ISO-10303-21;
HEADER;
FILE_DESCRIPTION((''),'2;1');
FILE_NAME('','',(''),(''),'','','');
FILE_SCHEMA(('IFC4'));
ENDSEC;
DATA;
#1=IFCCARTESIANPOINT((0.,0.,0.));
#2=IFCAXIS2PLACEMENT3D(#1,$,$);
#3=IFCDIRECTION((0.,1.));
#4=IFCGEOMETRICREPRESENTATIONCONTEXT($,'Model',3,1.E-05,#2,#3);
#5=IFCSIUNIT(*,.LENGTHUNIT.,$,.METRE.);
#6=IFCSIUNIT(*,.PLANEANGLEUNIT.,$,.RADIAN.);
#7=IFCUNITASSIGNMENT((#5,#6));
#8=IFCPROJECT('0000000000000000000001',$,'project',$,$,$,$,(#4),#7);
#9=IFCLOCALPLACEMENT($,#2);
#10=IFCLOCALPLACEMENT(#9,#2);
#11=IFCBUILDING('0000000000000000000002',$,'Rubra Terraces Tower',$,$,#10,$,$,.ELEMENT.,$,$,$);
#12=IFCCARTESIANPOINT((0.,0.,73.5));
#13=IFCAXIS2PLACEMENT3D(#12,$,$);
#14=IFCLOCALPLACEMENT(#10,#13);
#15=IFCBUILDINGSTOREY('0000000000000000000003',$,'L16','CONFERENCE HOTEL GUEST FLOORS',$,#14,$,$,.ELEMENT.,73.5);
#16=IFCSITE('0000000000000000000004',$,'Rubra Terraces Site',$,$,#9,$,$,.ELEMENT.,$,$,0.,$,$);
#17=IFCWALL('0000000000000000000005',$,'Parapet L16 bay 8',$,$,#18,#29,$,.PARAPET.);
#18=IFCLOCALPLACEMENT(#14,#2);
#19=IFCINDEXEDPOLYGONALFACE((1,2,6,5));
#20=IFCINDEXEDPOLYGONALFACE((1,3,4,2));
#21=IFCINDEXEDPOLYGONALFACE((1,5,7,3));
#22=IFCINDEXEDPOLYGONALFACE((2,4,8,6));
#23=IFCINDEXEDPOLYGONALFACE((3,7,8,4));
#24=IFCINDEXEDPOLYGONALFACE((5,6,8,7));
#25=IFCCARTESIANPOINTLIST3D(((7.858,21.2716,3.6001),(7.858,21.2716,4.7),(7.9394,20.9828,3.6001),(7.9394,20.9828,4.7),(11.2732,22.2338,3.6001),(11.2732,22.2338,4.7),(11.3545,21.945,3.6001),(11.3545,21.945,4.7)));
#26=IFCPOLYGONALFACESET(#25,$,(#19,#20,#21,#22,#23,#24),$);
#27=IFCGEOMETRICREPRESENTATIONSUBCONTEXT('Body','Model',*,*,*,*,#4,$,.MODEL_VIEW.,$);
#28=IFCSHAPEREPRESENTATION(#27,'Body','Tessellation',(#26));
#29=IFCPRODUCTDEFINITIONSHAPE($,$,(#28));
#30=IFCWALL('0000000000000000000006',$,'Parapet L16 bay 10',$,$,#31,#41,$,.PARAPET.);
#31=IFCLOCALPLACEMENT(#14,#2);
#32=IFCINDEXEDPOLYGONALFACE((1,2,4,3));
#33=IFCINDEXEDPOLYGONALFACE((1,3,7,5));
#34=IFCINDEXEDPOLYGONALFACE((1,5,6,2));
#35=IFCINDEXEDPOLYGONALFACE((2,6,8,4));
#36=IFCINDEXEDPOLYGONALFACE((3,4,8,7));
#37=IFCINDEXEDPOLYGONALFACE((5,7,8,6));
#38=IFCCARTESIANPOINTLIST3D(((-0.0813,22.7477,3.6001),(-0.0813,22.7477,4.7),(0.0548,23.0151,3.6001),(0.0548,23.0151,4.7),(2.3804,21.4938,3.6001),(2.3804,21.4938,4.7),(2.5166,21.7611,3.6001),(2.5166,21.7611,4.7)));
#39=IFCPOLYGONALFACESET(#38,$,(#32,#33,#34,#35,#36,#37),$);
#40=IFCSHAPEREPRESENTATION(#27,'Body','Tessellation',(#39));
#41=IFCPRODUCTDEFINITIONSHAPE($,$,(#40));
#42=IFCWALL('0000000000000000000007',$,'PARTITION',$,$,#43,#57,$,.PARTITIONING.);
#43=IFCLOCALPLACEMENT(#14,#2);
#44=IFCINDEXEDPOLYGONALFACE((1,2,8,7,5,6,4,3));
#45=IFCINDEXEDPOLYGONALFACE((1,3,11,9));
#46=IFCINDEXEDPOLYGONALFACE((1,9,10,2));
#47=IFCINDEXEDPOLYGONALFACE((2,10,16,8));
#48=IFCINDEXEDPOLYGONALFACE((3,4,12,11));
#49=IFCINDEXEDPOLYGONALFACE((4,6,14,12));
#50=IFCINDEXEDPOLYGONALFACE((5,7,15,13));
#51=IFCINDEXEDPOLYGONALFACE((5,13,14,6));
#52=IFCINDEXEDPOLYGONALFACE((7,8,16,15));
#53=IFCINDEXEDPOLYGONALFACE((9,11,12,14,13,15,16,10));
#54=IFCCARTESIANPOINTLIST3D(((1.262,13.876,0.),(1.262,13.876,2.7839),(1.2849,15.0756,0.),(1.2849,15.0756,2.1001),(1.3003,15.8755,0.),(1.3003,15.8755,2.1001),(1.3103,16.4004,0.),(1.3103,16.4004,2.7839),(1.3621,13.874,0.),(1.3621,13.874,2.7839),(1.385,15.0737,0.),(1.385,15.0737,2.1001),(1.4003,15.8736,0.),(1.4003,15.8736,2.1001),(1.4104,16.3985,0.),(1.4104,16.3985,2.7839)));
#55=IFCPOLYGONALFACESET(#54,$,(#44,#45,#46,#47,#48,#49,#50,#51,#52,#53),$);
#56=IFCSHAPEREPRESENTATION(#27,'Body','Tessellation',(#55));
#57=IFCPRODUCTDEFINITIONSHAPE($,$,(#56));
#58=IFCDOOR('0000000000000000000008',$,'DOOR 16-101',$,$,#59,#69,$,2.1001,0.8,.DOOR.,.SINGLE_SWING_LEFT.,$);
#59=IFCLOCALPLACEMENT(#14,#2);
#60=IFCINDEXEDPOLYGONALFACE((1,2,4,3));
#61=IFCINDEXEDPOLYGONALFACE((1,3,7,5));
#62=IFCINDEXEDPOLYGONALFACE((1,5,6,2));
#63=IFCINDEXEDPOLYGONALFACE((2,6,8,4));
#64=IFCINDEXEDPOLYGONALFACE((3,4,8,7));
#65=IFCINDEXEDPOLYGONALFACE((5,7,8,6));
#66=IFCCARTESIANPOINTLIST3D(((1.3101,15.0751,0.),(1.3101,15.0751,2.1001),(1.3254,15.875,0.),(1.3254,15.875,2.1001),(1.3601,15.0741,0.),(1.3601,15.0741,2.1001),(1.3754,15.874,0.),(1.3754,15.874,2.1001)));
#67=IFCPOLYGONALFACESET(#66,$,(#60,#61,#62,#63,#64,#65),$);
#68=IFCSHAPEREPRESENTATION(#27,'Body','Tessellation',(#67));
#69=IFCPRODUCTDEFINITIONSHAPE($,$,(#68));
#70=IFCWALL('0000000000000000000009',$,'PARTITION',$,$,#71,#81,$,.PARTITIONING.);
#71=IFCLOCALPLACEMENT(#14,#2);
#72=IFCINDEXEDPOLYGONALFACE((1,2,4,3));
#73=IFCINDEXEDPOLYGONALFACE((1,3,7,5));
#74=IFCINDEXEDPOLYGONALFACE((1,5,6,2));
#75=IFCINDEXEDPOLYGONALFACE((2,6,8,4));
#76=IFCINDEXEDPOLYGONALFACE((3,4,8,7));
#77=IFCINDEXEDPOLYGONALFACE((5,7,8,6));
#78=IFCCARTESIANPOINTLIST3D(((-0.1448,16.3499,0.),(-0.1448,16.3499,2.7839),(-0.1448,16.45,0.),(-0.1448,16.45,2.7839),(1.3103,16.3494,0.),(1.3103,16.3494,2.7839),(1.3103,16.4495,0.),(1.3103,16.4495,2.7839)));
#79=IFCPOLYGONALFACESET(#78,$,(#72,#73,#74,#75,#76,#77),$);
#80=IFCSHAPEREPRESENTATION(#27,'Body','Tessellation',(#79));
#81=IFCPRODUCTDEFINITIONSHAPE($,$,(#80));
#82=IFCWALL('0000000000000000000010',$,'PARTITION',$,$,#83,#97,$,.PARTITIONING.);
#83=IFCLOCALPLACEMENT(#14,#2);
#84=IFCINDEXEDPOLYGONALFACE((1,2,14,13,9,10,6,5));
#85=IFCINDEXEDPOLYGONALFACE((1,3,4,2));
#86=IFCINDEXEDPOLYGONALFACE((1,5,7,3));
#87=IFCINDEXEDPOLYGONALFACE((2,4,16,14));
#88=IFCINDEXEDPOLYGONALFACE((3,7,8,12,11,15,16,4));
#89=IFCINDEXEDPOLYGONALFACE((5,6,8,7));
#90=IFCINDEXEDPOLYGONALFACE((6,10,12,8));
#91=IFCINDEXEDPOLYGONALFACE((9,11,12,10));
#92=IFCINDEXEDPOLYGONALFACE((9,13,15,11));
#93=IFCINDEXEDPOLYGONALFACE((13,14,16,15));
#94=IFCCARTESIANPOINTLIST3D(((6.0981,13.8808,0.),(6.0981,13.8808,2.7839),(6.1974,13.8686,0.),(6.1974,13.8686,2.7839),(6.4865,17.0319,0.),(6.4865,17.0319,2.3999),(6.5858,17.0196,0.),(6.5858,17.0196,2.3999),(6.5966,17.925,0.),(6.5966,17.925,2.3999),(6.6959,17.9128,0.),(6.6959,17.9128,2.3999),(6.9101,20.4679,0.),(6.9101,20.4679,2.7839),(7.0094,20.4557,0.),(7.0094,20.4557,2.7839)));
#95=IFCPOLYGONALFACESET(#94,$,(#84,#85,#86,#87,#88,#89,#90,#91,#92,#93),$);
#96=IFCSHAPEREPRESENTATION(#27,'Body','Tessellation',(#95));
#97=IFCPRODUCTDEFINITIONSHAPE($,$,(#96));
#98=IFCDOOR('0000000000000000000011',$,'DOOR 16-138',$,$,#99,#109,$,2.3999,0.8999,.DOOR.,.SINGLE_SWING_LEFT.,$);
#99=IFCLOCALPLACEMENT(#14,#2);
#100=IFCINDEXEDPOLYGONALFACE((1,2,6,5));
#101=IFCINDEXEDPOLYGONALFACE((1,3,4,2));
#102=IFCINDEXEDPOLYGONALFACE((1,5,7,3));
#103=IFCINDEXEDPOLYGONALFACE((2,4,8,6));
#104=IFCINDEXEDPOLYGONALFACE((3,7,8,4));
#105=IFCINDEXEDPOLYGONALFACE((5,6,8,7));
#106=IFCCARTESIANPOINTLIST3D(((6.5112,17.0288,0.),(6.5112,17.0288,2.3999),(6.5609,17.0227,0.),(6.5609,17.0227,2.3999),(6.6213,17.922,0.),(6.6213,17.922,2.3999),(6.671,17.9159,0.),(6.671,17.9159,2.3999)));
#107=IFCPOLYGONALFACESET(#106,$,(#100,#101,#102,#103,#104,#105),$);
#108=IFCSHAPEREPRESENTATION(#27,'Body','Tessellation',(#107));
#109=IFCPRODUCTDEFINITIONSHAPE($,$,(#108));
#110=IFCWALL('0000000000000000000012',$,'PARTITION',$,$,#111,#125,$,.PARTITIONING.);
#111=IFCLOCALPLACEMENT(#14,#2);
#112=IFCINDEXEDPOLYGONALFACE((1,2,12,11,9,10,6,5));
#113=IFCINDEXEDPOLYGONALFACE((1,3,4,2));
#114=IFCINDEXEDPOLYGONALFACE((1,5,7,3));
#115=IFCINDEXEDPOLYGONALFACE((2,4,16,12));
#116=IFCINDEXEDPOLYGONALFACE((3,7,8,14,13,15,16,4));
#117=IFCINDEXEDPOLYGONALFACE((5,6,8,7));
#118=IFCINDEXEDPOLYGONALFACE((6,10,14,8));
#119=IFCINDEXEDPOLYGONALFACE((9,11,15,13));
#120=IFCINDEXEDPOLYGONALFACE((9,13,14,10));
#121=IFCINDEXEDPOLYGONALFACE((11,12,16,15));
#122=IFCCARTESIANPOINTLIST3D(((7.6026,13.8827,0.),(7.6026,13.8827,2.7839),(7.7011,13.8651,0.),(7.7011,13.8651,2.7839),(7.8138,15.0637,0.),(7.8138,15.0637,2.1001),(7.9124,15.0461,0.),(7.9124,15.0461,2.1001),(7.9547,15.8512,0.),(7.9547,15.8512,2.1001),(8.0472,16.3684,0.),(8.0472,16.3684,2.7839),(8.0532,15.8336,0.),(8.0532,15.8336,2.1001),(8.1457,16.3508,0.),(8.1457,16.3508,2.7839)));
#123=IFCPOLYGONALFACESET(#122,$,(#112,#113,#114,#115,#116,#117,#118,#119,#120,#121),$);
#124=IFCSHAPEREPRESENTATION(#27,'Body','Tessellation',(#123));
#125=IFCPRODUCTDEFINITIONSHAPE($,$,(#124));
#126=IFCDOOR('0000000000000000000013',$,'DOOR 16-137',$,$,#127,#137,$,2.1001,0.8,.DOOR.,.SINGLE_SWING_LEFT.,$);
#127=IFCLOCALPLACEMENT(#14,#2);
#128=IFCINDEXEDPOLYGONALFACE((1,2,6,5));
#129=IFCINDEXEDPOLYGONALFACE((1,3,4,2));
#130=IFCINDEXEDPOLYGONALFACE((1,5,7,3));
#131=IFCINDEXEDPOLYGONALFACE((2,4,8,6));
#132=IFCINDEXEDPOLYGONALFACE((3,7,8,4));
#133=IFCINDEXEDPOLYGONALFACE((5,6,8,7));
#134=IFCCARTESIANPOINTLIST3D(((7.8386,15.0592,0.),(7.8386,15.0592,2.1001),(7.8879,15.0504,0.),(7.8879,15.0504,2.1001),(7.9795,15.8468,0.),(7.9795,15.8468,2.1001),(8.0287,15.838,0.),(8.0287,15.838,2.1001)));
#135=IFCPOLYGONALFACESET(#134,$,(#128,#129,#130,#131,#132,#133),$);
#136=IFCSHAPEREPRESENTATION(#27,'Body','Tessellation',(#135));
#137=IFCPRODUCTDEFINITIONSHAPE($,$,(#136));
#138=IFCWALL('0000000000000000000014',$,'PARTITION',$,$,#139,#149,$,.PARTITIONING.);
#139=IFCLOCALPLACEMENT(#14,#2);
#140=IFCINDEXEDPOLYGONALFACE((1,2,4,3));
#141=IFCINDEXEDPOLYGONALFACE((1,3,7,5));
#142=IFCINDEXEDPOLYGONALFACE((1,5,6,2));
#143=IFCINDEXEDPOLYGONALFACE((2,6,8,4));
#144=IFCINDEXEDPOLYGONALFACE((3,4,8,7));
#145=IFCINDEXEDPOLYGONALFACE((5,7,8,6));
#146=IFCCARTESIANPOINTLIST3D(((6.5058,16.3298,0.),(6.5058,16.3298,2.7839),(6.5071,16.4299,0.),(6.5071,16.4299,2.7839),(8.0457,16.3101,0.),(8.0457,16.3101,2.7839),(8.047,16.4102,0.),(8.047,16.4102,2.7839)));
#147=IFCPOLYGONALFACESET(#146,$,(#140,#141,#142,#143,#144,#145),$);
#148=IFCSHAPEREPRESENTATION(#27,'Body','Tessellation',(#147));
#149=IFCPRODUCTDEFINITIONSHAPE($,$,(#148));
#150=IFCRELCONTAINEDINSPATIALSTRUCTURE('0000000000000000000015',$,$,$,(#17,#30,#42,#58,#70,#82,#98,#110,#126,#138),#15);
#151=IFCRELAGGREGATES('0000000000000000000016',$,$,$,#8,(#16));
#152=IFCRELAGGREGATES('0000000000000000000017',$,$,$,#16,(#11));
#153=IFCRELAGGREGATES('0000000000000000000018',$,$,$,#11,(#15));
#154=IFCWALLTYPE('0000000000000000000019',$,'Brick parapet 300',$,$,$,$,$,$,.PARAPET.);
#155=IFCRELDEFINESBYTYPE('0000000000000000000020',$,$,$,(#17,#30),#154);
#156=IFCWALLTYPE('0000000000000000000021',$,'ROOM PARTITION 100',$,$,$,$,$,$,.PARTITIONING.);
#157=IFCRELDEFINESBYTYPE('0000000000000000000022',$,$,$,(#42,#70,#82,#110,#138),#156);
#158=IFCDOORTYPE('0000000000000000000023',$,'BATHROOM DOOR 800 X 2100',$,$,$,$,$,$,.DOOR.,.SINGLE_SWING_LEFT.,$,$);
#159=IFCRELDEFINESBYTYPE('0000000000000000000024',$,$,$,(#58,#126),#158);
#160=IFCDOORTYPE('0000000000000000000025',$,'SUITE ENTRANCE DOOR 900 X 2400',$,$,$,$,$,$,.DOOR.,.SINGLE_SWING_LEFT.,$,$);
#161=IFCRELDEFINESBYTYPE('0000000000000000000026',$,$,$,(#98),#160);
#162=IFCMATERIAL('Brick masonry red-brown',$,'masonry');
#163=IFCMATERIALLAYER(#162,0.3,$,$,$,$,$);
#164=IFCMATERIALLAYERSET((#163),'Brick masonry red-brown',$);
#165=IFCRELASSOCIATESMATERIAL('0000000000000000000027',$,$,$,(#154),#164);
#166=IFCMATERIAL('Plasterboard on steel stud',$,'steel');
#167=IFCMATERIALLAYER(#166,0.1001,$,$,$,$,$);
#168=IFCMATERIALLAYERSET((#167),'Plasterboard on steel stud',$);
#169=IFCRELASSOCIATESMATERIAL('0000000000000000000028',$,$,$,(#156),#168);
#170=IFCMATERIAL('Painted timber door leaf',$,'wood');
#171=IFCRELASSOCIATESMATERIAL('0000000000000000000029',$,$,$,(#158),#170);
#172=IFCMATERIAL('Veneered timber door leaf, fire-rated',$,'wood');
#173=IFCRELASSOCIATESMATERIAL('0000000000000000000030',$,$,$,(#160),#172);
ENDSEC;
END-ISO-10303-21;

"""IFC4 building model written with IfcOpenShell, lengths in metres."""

from ifc_helpers import new_model, si_unit, direction, frame, frame_2d, origin, place, context, subcontext, project, spatial, rectangle, extrude, material, layer, layer_set, type_object, element, fill, save


model = new_model("IFC4")

# Units and contexts
model_context = context("Model", 3, precision=1e-05, world=origin(), true_north=direction((0.0, 1.0)))
body_context = subcontext(model_context, "Body", "Model", "MODEL_VIEW")
ifc_project = project(units=[si_unit("LENGTHUNIT", "METRE"), si_unit("PLANEANGLEUNIT", "RADIAN")], contexts=[model_context])

# Site, building, storey
site_placement = place(None, origin())
site = spatial("IfcSite", under=ifc_project, at=site_placement, Name="Rubra Terraces Site", CompositionType="ELEMENT", RefElevation=0.0)
building_placement = place(site_placement, origin())
building = spatial("IfcBuilding", under=site, at=building_placement, Name="Rubra Terraces Tower", CompositionType="ELEMENT")
storey_placement = place(building_placement, frame((0.0, 0.0, 73.5)))
storey = spatial("IfcBuildingStorey", under=building, at=storey_placement, Name="L16", Description="CONFERENCE HOTEL GUEST FLOORS", CompositionType="ELEMENT", Elevation=73.5)

# Shared definitions
ifc_material_1 = material(Name="Brick masonry red-brown", Category="masonry")

# Walls
ifc_layer_1 = layer(ifc_material_1, 0.3)
ifc_layer_set_1 = layer_set([ifc_layer_1], Name="Brick masonry red-brown")
wall_type_1 = type_object("IfcWallType", Name="Brick parapet 300", PredefinedType="PARAPET", material=ifc_layer_set_1)
wall_1_placement = place(storey_placement, frame((11.3137, 22.0894, 3.6001), z_axis=(0.0, 0.0, 1.0), x_axis=(-0.962528, -0.271184, 0.0)))
element("IfcWall", 1, at=wall_1_placement, inside=storey, type_object=wall_type_1, Name="Parapet L16 bay 8", PredefinedType="PARAPET", context=body_context, shape_type="SweptSolid", body=[
    extrude(rectangle(XDim=3.5481, YDim=0.3, at=frame_2d((1.7739, 0.0))), origin(), (0.0, 0.0, 1.0), 1.0999),
])
wall_2_placement = place(storey_placement, frame((2.4485, 21.6274, 3.6001), z_axis=(0.0, 0.0, 1.0), x_axis=(-0.891062, 0.453882, 0.0)))
element("IfcWall", 2, at=wall_2_placement, inside=storey, type_object=wall_type_1, Name="Parapet L16 bay 10", PredefinedType="PARAPET", context=body_context, shape_type="SweptSolid", body=[
    extrude(rectangle(XDim=2.7627, YDim=0.3, at=frame_2d((1.3813, 0.0))), origin(), (0.0, 0.0, 1.0), 1.0999),
])

# Wall, opening, door
ifc_material_2 = material(Name="Plasterboard on steel stud", Category="steel")
ifc_layer_2 = layer(ifc_material_2, 0.1001)
ifc_layer_set_2 = layer_set([ifc_layer_2], Name="Plasterboard on steel stud")
wall_type_2 = type_object("IfcWallType", Name="ROOM PARTITION 100", PredefinedType="PARTITIONING", material=ifc_layer_set_2)
wall_3_placement = place(storey_placement, frame((1.312, 13.875, 0.0), z_axis=(0.0, 0.0, 1.0), x_axis=(0.019145, 0.999817, 0.0)))
wall_3 = element("IfcWall", 3, at=wall_3_placement, inside=storey, type_object=wall_type_2, Name="PARTITION", PredefinedType="PARTITIONING", context=body_context, shape_type="SweptSolid", body=[
    extrude(rectangle(XDim=2.5249, YDim=0.1001, at=frame_2d((1.2625, 0.0))), origin(), (0.0, 0.0, 1.0), 2.7839),
])
opening_1_placement = place(wall_3_placement, frame((1.2, 0.0, 0.0)))
opening_1 = element("IfcOpeningElement", 4, at=opening_1_placement, cuts=wall_3, PredefinedType="OPENING", context=body_context, shape_type="SweptSolid", body=[
    extrude(rectangle(XDim=0.8, YDim=2.1001, at=frame_2d((0.3999, 1.05))), frame((0.0, 0.0601, 0.0), z_axis=(0.0, -1.0, 0.0), x_axis=(1.0, 0.0, 0.0)), (0.0, 0.0, 1.0), 0.1201),
])
ifc_material_3 = material(Name="Painted timber door leaf", Category="wood")
door_type_1 = type_object("IfcDoorType", Name="BATHROOM DOOR 800 X 2100", OperationType="SINGLE_SWING_LEFT", PredefinedType="DOOR", material=ifc_material_3)
door_1_placement = place(opening_1_placement, origin())
door_1 = element("IfcDoor", 5, at=door_1_placement, inside=storey, type_object=door_type_1, Name="DOOR 16-101", OperationType="SINGLE_SWING_LEFT", OverallHeight=2.1001, OverallWidth=0.8, PredefinedType="DOOR", context=body_context, shape_type="SweptSolid", body=[
    extrude(rectangle(XDim=0.8, YDim=2.1001, at=frame_2d((0.3999, 1.05))), frame((0.0, 0.0249, 0.0), z_axis=(0.0, -1.0, 0.0), x_axis=(1.0, 0.0, 0.0)), (0.0, 0.0, 1.0), 0.05),
])
fill(opening_1, door_1)

# Wall
wall_4_placement = place(storey_placement, frame((1.3103, 16.3994, 0.0), z_axis=(0.0, 0.0, 1.0), x_axis=(-1.0, 0.000336, 0.0)))
element("IfcWall", 6, at=wall_4_placement, inside=storey, type_object=wall_type_2, Name="PARTITION", PredefinedType="PARTITIONING", context=body_context, shape_type="SweptSolid", body=[
    extrude(rectangle(XDim=1.4551, YDim=0.1001, at=frame_2d((0.7275, 0.0))), origin(), (0.0, 0.0, 1.0), 2.7839),
])

# Walls, openings, doors
wall_5_placement = place(storey_placement, frame((6.9597, 20.4617, 0.0), z_axis=(0.0, 0.0, 1.0), x_axis=(-0.122346, -0.992488, 0.0)))
wall_5 = element("IfcWall", 7, at=wall_5_placement, inside=storey, type_object=wall_type_2, Name="PARTITION", PredefinedType="PARTITIONING", context=body_context, shape_type="SweptSolid", body=[
    extrude(rectangle(XDim=6.637, YDim=0.1001, at=frame_2d((3.3184, 0.0))), origin(), (0.0, 0.0, 1.0), 2.7839),
])
opening_2_placement = place(wall_5_placement, frame((2.562, 0.0, 0.0)))
opening_2 = element("IfcOpeningElement", 8, at=opening_2_placement, cuts=wall_5, PredefinedType="OPENING", context=body_context, shape_type="SweptSolid", body=[
    extrude(rectangle(XDim=0.8999, YDim=2.3999, at=frame_2d((0.45, 1.2))), frame((0.0, 0.0601, 0.0), z_axis=(0.0, -1.0, 0.0), x_axis=(1.0, 0.0, 0.0)), (0.0, 0.0, 1.0), 0.1201),
])
ifc_material_4 = material(Name="Veneered timber door leaf, fire-rated", Category="wood")
door_type_2 = type_object("IfcDoorType", Name="SUITE ENTRANCE DOOR 900 X 2400", OperationType="SINGLE_SWING_LEFT", PredefinedType="DOOR", material=ifc_material_4)
door_2_placement = place(opening_2_placement, origin())
door_2 = element("IfcDoor", 9, at=door_2_placement, inside=storey, type_object=door_type_2, Name="DOOR 16-138", OperationType="SINGLE_SWING_LEFT", OverallHeight=2.3999, OverallWidth=0.8999, PredefinedType="DOOR", context=body_context, shape_type="SweptSolid", body=[
    extrude(rectangle(XDim=0.8999, YDim=2.3999, at=frame_2d((0.45, 1.2))), frame((0.0, 0.0249, 0.0), z_axis=(0.0, -1.0, 0.0), x_axis=(1.0, 0.0, 0.0)), (0.0, 0.0, 1.0), 0.05),
])
fill(opening_2, door_2)
wall_6_placement = place(storey_placement, frame((7.6519, 13.8738, 0.0), z_axis=(0.0, 0.0, 1.0), x_axis=(0.176068, 0.984378, 0.0)))
wall_6 = element("IfcWall", 10, at=wall_6_placement, inside=storey, type_object=wall_type_2, Name="PARTITION", PredefinedType="PARTITIONING", context=body_context, shape_type="SweptSolid", body=[
    extrude(rectangle(XDim=2.5251, YDim=0.1001, at=frame_2d((1.2627, 0.0))), origin(), (0.0, 0.0, 1.0), 2.7839),
])
opening_3_placement = place(wall_6_placement, frame((1.2, 0.0, 0.0)))
opening_3 = element("IfcOpeningElement", 11, at=opening_3_placement, cuts=wall_6, PredefinedType="OPENING", context=body_context, shape_type="SweptSolid", body=[
    extrude(rectangle(XDim=0.8, YDim=2.1001, at=frame_2d((0.3999, 1.05))), frame((0.0, 0.0601, 0.0), z_axis=(0.0, -1.0, 0.0), x_axis=(1.0, 0.0, 0.0)), (0.0, 0.0, 1.0), 0.1201),
])
door_3_placement = place(opening_3_placement, origin())
door_3 = element("IfcDoor", 12, at=door_3_placement, inside=storey, type_object=door_type_1, Name="DOOR 16-137", OperationType="SINGLE_SWING_LEFT", OverallHeight=2.1001, OverallWidth=0.8, PredefinedType="DOOR", context=body_context, shape_type="SweptSolid", body=[
    extrude(rectangle(XDim=0.8, YDim=2.1001, at=frame_2d((0.3999, 1.05))), frame((0.0, 0.0249, 0.0), z_axis=(0.0, -1.0, 0.0), x_axis=(1.0, 0.0, 0.0)), (0.0, 0.0, 1.0), 0.05),
])
fill(opening_3, door_3)

# Wall
wall_7_placement = place(storey_placement, frame((8.0464, 16.3601, 0.0), z_axis=(0.0, 0.0, 1.0), x_axis=(-0.999918, 0.012842, 0.0)))
element("IfcWall", 13, at=wall_7_placement, inside=storey, type_object=wall_type_2, Name="PARTITION", PredefinedType="PARTITIONING", context=body_context, shape_type="SweptSolid", body=[
    extrude(rectangle(XDim=1.54, YDim=0.1001, at=frame_2d((0.77, 0.0))), origin(), (0.0, 0.0, 1.0), 2.7839),
])

save(model, "model.ifc")
